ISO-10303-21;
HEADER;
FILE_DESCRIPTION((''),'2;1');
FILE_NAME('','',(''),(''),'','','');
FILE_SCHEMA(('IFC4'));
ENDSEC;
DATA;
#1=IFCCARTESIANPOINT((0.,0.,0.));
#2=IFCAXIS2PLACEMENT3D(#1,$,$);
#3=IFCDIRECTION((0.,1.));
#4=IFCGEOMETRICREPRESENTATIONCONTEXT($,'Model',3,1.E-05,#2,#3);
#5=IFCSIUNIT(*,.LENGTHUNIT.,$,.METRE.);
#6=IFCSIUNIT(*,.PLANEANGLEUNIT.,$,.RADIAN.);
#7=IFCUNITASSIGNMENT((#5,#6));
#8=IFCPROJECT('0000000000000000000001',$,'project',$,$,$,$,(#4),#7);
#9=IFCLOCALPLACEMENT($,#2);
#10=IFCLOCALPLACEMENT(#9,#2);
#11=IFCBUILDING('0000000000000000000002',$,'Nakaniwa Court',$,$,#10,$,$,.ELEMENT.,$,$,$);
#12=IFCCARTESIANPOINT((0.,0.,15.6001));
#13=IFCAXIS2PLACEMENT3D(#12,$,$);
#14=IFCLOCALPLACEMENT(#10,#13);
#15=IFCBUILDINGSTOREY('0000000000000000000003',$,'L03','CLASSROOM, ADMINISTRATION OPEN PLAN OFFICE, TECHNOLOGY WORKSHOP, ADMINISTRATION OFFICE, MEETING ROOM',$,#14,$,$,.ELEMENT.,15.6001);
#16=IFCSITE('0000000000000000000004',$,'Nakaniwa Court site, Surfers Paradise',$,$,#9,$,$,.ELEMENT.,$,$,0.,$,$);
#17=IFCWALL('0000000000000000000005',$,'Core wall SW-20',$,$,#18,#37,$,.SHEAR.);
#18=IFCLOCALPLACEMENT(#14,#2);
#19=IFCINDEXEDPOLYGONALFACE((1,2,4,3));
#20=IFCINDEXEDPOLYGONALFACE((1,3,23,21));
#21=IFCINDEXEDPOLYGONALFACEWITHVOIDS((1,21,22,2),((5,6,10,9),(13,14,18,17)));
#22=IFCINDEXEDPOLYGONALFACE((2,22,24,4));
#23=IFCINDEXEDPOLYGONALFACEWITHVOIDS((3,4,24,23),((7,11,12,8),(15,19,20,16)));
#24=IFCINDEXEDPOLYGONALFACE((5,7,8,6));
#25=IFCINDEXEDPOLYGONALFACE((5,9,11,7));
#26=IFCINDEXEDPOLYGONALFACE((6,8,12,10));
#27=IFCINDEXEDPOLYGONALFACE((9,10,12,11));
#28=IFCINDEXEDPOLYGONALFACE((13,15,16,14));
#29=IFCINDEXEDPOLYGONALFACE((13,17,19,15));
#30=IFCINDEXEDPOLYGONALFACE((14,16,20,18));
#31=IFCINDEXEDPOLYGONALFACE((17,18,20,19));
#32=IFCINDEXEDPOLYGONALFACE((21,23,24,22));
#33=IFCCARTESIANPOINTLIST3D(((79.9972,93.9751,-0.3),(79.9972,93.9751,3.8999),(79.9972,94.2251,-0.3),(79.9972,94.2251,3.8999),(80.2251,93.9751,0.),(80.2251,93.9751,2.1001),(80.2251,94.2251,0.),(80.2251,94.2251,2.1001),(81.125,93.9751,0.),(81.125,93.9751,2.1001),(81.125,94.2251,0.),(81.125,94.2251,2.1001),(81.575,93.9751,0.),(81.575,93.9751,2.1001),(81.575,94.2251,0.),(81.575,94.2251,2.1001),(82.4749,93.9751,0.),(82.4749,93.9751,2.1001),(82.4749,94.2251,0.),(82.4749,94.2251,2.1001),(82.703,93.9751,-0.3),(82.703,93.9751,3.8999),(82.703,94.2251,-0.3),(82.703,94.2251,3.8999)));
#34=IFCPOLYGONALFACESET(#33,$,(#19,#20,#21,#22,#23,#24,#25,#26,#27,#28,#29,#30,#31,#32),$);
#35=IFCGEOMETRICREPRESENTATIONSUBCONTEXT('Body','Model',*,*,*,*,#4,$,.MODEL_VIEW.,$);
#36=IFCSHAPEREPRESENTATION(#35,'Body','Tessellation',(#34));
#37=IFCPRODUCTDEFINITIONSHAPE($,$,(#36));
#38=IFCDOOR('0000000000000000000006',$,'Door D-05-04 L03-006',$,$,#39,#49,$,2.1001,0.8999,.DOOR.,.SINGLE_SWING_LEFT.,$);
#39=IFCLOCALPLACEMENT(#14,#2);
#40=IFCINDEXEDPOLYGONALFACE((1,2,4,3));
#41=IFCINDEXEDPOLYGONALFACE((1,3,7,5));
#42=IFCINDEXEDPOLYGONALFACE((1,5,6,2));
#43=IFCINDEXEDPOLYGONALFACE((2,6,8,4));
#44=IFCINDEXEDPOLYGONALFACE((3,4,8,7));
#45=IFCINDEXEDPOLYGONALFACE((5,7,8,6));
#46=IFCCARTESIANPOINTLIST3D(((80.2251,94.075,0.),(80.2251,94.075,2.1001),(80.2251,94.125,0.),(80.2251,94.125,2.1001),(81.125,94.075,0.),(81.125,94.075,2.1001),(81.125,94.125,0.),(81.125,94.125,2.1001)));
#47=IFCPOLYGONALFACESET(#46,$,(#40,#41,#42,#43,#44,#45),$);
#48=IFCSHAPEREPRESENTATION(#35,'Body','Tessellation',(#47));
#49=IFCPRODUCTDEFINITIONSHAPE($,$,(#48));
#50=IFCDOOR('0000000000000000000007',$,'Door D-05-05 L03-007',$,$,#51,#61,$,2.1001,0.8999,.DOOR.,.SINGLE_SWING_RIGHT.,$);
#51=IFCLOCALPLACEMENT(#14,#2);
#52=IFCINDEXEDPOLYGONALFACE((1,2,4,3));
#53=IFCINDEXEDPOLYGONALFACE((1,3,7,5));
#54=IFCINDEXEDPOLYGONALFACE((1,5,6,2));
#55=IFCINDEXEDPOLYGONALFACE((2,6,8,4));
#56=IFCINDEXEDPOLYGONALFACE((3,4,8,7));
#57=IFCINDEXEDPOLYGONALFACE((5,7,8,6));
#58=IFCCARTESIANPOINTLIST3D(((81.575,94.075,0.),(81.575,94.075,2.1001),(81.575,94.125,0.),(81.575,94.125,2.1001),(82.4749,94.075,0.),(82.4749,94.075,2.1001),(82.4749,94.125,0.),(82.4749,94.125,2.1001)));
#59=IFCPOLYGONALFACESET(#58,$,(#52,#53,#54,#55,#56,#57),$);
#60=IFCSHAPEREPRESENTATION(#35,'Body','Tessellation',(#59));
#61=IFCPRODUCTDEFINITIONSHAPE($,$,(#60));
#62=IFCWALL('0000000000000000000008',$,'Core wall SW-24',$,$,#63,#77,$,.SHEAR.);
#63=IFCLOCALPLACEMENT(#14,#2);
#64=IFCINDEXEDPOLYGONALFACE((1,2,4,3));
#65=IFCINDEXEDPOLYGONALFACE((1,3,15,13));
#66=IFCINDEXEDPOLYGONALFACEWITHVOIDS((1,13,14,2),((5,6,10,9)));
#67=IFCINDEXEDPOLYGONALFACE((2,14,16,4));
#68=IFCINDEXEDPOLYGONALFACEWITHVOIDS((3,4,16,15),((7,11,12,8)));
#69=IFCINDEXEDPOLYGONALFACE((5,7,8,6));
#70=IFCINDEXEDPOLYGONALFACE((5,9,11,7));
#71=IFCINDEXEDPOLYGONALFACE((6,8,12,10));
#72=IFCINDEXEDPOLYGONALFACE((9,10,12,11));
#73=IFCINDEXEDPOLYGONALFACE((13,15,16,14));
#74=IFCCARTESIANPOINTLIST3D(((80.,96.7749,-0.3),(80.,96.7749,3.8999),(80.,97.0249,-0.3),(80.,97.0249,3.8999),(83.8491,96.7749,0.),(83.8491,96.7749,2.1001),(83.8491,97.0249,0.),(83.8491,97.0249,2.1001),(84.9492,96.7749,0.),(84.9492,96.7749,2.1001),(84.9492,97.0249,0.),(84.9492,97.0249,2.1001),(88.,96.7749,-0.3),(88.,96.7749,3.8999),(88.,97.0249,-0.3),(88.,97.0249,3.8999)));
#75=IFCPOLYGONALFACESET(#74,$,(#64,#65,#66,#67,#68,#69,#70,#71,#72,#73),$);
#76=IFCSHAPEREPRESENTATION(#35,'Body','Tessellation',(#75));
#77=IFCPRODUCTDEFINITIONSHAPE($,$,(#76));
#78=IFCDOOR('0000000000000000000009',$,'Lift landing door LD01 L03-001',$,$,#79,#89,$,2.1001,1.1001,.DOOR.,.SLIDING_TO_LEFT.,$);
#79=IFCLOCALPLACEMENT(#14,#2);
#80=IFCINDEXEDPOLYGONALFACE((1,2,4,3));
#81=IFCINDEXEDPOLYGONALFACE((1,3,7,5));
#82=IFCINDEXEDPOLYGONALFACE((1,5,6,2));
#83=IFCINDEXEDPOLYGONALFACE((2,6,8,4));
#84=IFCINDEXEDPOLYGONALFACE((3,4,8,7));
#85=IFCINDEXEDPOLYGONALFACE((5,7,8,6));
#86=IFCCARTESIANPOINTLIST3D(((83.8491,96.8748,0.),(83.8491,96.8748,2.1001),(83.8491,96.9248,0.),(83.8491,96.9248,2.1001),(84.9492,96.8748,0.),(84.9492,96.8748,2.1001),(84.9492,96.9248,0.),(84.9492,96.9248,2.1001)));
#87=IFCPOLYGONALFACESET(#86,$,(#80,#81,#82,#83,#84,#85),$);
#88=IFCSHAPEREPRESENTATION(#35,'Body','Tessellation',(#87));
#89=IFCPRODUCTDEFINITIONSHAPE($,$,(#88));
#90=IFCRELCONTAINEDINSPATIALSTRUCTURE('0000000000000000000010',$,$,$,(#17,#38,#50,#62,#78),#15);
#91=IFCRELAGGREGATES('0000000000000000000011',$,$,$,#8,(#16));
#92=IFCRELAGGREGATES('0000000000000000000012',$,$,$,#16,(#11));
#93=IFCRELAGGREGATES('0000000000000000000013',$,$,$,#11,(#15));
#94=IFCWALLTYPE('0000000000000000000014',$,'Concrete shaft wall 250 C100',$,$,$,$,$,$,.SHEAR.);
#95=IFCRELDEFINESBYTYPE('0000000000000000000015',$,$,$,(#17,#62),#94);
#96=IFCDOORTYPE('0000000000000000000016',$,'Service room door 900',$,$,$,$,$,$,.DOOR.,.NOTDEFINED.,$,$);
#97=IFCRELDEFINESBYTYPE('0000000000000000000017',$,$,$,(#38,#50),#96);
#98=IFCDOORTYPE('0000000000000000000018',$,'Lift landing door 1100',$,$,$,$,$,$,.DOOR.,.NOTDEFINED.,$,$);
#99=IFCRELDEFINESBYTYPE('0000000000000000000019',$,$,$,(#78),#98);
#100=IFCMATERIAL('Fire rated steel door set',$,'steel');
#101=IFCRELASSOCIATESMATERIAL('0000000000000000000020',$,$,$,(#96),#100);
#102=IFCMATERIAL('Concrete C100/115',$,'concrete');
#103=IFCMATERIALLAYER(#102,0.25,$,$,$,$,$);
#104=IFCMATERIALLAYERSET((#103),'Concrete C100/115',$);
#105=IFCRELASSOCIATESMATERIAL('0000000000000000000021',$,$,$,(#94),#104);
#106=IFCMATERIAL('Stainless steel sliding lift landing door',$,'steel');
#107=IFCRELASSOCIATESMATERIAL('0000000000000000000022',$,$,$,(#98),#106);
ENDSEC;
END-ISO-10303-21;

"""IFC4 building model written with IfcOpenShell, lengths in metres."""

from ifc_helpers import new_model, si_unit, direction, frame, frame_2d, origin, place, context, subcontext, project, spatial, rectangle, extrude, material, layer, layer_set, type_object, element, fill, save


model = new_model("IFC4")

# Units and contexts
model_context = context("Model", 3, precision=1e-05, world=origin(), true_north=direction((0.0, 1.0)))
body_context = subcontext(model_context, "Body", "Model", "MODEL_VIEW")
ifc_project = project(units=[si_unit("LENGTHUNIT", "METRE"), si_unit("PLANEANGLEUNIT", "RADIAN")], contexts=[model_context])

# Site, building, storey
site_placement = place(None, origin())
site = spatial("IfcSite", under=ifc_project, at=site_placement, Name="Nakaniwa Court site, Surfers Paradise", CompositionType="ELEMENT", RefElevation=0.0)
building_placement = place(site_placement, origin())
building = spatial("IfcBuilding", under=site, at=building_placement, Name="Nakaniwa Court", CompositionType="ELEMENT")
storey_placement = place(building_placement, frame((0.0, 0.0, 15.6001)))
storey = spatial("IfcBuildingStorey", under=building, at=storey_placement, Name="L03", Description="CLASSROOM, ADMINISTRATION OPEN PLAN OFFICE, TECHNOLOGY WORKSHOP, ADMINISTRATION OFFICE, MEETING ROOM", CompositionType="ELEMENT", Elevation=15.6001)

# Shared definitions
ifc_material_1 = material(Name="Fire rated steel door set", Category="steel")
door_type_1 = type_object("IfcDoorType", Name="Service room door 900", OperationType="NOTDEFINED", PredefinedType="DOOR", material=ifc_material_1)

# Shared definitions
ifc_material_2 = material(Name="Concrete C100/115", Category="concrete")
ifc_layer_1 = layer(ifc_material_2, 0.25)
ifc_layer_set_1 = layer_set([ifc_layer_1], Name="Concrete C100/115")
wall_type_1 = type_object("IfcWallType", Name="Concrete shaft wall 250 C100", PredefinedType="SHEAR", material=ifc_layer_set_1)

# Wall, openings, doors
wall_1_placement = place(storey_placement, frame((79.9971, 94.1001, -0.3), z_axis=(0.0, 0.0, 1.0), x_axis=(1.0, 0.0, 0.0)))
wall_1 = element("IfcWall", 1, at=wall_1_placement, inside=storey, type_object=wall_type_1, Name="Core wall SW-20", PredefinedType="SHEAR", context=body_context, shape_type="SweptSolid", body=[
    extrude(rectangle(XDim=2.7058, YDim=0.25, at=frame_2d((1.353, 0.0))), origin(), (0.0, 0.0, 1.0), 4.2),
])
opening_1_placement = place(wall_1_placement, frame((0.228, 0.0, 0.3)))
opening_1 = element("IfcOpeningElement", 2, at=opening_1_placement, cuts=wall_1, PredefinedType="OPENING", context=body_context, shape_type="SweptSolid", body=[
    extrude(rectangle(XDim=0.8999, YDim=2.1001, at=frame_2d((0.45, 1.05))), frame((0.0, 0.135, 0.0), z_axis=(0.0, -1.0, 0.0), x_axis=(1.0, 0.0, 0.0)), (0.0, 0.0, 1.0), 0.27),
])
opening_2_placement = place(wall_1_placement, frame((1.5779, 0.0, 0.3)))
opening_2 = element("IfcOpeningElement", 3, at=opening_2_placement, cuts=wall_1, PredefinedType="OPENING", context=body_context, shape_type="SweptSolid", body=[
    extrude(rectangle(XDim=0.8999, YDim=2.1001, at=frame_2d((0.45, 1.05))), frame((0.0, 0.135, 0.0), z_axis=(0.0, -1.0, 0.0), x_axis=(1.0, 0.0, 0.0)), (0.0, 0.0, 1.0), 0.27),
])
door_1_placement = place(opening_1_placement, origin())
door_1 = element("IfcDoor", 4, at=door_1_placement, inside=storey, type_object=door_type_1, Name="Door D-05-04 L03-006", OperationType="SINGLE_SWING_LEFT", OverallHeight=2.1001, OverallWidth=0.8999, PredefinedType="DOOR", context=body_context, shape_type="SweptSolid", body=[
    extrude(rectangle(XDim=0.8999, YDim=2.1001, at=frame_2d((0.45, 1.05))), frame((0.0, 0.0249, 0.0), z_axis=(0.0, -1.0, 0.0), x_axis=(1.0, 0.0, 0.0)), (0.0, 0.0, 1.0), 0.05),
])
fill(opening_1, door_1)
door_2_placement = place(opening_2_placement, origin())
door_2 = element("IfcDoor", 5, at=door_2_placement, inside=storey, type_object=door_type_1, Name="Door D-05-05 L03-007", OperationType="SINGLE_SWING_RIGHT", OverallHeight=2.1001, OverallWidth=0.8999, PredefinedType="DOOR", context=body_context, shape_type="SweptSolid", body=[
    extrude(rectangle(XDim=0.8999, YDim=2.1001, at=frame_2d((0.45, 1.05))), frame((0.0, 0.0249, 0.0), z_axis=(0.0, -1.0, 0.0), x_axis=(1.0, 0.0, 0.0)), (0.0, 0.0, 1.0), 0.05),
])
fill(opening_2, door_2)

# Wall, opening, door
wall_2_placement = place(storey_placement, frame((80.0, 96.8999, -0.3), z_axis=(0.0, 0.0, 1.0), x_axis=(1.0, 0.0, 0.0)))
wall_2 = element("IfcWall", 6, at=wall_2_placement, inside=storey, type_object=wall_type_1, Name="Core wall SW-24", PredefinedType="SHEAR", context=body_context, shape_type="SweptSolid", body=[
    extrude(rectangle(XDim=8.0, YDim=0.25, at=frame_2d((4.0, 0.0))), origin(), (0.0, 0.0, 1.0), 4.2),
])
opening_3_placement = place(wall_2_placement, frame((3.8491, 0.0, 0.3)))
opening_3 = element("IfcOpeningElement", 7, at=opening_3_placement, cuts=wall_2, PredefinedType="OPENING", context=body_context, shape_type="SweptSolid", body=[
    extrude(rectangle(XDim=1.1001, YDim=2.1001, at=frame_2d((0.55, 1.05))), frame((0.0, 0.135, 0.0), z_axis=(0.0, -1.0, 0.0), x_axis=(1.0, 0.0, 0.0)), (0.0, 0.0, 1.0), 0.27),
])
ifc_material_3 = material(Name="Stainless steel sliding lift landing door", Category="steel")
door_type_2 = type_object("IfcDoorType", Name="Lift landing door 1100", OperationType="NOTDEFINED", PredefinedType="DOOR", material=ifc_material_3)
door_3_placement = place(opening_3_placement, origin())
door_3 = element("IfcDoor", 8, at=door_3_placement, inside=storey, type_object=door_type_2, Name="Lift landing door LD01 L03-001", OperationType="SLIDING_TO_LEFT", OverallHeight=2.1001, OverallWidth=1.1001, PredefinedType="DOOR", context=body_context, shape_type="SweptSolid", body=[
    extrude(rectangle(XDim=1.1001, YDim=2.1001, at=frame_2d((0.55, 1.05))), frame((0.0, 0.0249, 0.0), z_axis=(0.0, -1.0, 0.0), x_axis=(1.0, 0.0, 0.0)), (0.0, 0.0, 1.0), 0.05),
])
fill(opening_3, door_3)

save(model, "model.ifc")
